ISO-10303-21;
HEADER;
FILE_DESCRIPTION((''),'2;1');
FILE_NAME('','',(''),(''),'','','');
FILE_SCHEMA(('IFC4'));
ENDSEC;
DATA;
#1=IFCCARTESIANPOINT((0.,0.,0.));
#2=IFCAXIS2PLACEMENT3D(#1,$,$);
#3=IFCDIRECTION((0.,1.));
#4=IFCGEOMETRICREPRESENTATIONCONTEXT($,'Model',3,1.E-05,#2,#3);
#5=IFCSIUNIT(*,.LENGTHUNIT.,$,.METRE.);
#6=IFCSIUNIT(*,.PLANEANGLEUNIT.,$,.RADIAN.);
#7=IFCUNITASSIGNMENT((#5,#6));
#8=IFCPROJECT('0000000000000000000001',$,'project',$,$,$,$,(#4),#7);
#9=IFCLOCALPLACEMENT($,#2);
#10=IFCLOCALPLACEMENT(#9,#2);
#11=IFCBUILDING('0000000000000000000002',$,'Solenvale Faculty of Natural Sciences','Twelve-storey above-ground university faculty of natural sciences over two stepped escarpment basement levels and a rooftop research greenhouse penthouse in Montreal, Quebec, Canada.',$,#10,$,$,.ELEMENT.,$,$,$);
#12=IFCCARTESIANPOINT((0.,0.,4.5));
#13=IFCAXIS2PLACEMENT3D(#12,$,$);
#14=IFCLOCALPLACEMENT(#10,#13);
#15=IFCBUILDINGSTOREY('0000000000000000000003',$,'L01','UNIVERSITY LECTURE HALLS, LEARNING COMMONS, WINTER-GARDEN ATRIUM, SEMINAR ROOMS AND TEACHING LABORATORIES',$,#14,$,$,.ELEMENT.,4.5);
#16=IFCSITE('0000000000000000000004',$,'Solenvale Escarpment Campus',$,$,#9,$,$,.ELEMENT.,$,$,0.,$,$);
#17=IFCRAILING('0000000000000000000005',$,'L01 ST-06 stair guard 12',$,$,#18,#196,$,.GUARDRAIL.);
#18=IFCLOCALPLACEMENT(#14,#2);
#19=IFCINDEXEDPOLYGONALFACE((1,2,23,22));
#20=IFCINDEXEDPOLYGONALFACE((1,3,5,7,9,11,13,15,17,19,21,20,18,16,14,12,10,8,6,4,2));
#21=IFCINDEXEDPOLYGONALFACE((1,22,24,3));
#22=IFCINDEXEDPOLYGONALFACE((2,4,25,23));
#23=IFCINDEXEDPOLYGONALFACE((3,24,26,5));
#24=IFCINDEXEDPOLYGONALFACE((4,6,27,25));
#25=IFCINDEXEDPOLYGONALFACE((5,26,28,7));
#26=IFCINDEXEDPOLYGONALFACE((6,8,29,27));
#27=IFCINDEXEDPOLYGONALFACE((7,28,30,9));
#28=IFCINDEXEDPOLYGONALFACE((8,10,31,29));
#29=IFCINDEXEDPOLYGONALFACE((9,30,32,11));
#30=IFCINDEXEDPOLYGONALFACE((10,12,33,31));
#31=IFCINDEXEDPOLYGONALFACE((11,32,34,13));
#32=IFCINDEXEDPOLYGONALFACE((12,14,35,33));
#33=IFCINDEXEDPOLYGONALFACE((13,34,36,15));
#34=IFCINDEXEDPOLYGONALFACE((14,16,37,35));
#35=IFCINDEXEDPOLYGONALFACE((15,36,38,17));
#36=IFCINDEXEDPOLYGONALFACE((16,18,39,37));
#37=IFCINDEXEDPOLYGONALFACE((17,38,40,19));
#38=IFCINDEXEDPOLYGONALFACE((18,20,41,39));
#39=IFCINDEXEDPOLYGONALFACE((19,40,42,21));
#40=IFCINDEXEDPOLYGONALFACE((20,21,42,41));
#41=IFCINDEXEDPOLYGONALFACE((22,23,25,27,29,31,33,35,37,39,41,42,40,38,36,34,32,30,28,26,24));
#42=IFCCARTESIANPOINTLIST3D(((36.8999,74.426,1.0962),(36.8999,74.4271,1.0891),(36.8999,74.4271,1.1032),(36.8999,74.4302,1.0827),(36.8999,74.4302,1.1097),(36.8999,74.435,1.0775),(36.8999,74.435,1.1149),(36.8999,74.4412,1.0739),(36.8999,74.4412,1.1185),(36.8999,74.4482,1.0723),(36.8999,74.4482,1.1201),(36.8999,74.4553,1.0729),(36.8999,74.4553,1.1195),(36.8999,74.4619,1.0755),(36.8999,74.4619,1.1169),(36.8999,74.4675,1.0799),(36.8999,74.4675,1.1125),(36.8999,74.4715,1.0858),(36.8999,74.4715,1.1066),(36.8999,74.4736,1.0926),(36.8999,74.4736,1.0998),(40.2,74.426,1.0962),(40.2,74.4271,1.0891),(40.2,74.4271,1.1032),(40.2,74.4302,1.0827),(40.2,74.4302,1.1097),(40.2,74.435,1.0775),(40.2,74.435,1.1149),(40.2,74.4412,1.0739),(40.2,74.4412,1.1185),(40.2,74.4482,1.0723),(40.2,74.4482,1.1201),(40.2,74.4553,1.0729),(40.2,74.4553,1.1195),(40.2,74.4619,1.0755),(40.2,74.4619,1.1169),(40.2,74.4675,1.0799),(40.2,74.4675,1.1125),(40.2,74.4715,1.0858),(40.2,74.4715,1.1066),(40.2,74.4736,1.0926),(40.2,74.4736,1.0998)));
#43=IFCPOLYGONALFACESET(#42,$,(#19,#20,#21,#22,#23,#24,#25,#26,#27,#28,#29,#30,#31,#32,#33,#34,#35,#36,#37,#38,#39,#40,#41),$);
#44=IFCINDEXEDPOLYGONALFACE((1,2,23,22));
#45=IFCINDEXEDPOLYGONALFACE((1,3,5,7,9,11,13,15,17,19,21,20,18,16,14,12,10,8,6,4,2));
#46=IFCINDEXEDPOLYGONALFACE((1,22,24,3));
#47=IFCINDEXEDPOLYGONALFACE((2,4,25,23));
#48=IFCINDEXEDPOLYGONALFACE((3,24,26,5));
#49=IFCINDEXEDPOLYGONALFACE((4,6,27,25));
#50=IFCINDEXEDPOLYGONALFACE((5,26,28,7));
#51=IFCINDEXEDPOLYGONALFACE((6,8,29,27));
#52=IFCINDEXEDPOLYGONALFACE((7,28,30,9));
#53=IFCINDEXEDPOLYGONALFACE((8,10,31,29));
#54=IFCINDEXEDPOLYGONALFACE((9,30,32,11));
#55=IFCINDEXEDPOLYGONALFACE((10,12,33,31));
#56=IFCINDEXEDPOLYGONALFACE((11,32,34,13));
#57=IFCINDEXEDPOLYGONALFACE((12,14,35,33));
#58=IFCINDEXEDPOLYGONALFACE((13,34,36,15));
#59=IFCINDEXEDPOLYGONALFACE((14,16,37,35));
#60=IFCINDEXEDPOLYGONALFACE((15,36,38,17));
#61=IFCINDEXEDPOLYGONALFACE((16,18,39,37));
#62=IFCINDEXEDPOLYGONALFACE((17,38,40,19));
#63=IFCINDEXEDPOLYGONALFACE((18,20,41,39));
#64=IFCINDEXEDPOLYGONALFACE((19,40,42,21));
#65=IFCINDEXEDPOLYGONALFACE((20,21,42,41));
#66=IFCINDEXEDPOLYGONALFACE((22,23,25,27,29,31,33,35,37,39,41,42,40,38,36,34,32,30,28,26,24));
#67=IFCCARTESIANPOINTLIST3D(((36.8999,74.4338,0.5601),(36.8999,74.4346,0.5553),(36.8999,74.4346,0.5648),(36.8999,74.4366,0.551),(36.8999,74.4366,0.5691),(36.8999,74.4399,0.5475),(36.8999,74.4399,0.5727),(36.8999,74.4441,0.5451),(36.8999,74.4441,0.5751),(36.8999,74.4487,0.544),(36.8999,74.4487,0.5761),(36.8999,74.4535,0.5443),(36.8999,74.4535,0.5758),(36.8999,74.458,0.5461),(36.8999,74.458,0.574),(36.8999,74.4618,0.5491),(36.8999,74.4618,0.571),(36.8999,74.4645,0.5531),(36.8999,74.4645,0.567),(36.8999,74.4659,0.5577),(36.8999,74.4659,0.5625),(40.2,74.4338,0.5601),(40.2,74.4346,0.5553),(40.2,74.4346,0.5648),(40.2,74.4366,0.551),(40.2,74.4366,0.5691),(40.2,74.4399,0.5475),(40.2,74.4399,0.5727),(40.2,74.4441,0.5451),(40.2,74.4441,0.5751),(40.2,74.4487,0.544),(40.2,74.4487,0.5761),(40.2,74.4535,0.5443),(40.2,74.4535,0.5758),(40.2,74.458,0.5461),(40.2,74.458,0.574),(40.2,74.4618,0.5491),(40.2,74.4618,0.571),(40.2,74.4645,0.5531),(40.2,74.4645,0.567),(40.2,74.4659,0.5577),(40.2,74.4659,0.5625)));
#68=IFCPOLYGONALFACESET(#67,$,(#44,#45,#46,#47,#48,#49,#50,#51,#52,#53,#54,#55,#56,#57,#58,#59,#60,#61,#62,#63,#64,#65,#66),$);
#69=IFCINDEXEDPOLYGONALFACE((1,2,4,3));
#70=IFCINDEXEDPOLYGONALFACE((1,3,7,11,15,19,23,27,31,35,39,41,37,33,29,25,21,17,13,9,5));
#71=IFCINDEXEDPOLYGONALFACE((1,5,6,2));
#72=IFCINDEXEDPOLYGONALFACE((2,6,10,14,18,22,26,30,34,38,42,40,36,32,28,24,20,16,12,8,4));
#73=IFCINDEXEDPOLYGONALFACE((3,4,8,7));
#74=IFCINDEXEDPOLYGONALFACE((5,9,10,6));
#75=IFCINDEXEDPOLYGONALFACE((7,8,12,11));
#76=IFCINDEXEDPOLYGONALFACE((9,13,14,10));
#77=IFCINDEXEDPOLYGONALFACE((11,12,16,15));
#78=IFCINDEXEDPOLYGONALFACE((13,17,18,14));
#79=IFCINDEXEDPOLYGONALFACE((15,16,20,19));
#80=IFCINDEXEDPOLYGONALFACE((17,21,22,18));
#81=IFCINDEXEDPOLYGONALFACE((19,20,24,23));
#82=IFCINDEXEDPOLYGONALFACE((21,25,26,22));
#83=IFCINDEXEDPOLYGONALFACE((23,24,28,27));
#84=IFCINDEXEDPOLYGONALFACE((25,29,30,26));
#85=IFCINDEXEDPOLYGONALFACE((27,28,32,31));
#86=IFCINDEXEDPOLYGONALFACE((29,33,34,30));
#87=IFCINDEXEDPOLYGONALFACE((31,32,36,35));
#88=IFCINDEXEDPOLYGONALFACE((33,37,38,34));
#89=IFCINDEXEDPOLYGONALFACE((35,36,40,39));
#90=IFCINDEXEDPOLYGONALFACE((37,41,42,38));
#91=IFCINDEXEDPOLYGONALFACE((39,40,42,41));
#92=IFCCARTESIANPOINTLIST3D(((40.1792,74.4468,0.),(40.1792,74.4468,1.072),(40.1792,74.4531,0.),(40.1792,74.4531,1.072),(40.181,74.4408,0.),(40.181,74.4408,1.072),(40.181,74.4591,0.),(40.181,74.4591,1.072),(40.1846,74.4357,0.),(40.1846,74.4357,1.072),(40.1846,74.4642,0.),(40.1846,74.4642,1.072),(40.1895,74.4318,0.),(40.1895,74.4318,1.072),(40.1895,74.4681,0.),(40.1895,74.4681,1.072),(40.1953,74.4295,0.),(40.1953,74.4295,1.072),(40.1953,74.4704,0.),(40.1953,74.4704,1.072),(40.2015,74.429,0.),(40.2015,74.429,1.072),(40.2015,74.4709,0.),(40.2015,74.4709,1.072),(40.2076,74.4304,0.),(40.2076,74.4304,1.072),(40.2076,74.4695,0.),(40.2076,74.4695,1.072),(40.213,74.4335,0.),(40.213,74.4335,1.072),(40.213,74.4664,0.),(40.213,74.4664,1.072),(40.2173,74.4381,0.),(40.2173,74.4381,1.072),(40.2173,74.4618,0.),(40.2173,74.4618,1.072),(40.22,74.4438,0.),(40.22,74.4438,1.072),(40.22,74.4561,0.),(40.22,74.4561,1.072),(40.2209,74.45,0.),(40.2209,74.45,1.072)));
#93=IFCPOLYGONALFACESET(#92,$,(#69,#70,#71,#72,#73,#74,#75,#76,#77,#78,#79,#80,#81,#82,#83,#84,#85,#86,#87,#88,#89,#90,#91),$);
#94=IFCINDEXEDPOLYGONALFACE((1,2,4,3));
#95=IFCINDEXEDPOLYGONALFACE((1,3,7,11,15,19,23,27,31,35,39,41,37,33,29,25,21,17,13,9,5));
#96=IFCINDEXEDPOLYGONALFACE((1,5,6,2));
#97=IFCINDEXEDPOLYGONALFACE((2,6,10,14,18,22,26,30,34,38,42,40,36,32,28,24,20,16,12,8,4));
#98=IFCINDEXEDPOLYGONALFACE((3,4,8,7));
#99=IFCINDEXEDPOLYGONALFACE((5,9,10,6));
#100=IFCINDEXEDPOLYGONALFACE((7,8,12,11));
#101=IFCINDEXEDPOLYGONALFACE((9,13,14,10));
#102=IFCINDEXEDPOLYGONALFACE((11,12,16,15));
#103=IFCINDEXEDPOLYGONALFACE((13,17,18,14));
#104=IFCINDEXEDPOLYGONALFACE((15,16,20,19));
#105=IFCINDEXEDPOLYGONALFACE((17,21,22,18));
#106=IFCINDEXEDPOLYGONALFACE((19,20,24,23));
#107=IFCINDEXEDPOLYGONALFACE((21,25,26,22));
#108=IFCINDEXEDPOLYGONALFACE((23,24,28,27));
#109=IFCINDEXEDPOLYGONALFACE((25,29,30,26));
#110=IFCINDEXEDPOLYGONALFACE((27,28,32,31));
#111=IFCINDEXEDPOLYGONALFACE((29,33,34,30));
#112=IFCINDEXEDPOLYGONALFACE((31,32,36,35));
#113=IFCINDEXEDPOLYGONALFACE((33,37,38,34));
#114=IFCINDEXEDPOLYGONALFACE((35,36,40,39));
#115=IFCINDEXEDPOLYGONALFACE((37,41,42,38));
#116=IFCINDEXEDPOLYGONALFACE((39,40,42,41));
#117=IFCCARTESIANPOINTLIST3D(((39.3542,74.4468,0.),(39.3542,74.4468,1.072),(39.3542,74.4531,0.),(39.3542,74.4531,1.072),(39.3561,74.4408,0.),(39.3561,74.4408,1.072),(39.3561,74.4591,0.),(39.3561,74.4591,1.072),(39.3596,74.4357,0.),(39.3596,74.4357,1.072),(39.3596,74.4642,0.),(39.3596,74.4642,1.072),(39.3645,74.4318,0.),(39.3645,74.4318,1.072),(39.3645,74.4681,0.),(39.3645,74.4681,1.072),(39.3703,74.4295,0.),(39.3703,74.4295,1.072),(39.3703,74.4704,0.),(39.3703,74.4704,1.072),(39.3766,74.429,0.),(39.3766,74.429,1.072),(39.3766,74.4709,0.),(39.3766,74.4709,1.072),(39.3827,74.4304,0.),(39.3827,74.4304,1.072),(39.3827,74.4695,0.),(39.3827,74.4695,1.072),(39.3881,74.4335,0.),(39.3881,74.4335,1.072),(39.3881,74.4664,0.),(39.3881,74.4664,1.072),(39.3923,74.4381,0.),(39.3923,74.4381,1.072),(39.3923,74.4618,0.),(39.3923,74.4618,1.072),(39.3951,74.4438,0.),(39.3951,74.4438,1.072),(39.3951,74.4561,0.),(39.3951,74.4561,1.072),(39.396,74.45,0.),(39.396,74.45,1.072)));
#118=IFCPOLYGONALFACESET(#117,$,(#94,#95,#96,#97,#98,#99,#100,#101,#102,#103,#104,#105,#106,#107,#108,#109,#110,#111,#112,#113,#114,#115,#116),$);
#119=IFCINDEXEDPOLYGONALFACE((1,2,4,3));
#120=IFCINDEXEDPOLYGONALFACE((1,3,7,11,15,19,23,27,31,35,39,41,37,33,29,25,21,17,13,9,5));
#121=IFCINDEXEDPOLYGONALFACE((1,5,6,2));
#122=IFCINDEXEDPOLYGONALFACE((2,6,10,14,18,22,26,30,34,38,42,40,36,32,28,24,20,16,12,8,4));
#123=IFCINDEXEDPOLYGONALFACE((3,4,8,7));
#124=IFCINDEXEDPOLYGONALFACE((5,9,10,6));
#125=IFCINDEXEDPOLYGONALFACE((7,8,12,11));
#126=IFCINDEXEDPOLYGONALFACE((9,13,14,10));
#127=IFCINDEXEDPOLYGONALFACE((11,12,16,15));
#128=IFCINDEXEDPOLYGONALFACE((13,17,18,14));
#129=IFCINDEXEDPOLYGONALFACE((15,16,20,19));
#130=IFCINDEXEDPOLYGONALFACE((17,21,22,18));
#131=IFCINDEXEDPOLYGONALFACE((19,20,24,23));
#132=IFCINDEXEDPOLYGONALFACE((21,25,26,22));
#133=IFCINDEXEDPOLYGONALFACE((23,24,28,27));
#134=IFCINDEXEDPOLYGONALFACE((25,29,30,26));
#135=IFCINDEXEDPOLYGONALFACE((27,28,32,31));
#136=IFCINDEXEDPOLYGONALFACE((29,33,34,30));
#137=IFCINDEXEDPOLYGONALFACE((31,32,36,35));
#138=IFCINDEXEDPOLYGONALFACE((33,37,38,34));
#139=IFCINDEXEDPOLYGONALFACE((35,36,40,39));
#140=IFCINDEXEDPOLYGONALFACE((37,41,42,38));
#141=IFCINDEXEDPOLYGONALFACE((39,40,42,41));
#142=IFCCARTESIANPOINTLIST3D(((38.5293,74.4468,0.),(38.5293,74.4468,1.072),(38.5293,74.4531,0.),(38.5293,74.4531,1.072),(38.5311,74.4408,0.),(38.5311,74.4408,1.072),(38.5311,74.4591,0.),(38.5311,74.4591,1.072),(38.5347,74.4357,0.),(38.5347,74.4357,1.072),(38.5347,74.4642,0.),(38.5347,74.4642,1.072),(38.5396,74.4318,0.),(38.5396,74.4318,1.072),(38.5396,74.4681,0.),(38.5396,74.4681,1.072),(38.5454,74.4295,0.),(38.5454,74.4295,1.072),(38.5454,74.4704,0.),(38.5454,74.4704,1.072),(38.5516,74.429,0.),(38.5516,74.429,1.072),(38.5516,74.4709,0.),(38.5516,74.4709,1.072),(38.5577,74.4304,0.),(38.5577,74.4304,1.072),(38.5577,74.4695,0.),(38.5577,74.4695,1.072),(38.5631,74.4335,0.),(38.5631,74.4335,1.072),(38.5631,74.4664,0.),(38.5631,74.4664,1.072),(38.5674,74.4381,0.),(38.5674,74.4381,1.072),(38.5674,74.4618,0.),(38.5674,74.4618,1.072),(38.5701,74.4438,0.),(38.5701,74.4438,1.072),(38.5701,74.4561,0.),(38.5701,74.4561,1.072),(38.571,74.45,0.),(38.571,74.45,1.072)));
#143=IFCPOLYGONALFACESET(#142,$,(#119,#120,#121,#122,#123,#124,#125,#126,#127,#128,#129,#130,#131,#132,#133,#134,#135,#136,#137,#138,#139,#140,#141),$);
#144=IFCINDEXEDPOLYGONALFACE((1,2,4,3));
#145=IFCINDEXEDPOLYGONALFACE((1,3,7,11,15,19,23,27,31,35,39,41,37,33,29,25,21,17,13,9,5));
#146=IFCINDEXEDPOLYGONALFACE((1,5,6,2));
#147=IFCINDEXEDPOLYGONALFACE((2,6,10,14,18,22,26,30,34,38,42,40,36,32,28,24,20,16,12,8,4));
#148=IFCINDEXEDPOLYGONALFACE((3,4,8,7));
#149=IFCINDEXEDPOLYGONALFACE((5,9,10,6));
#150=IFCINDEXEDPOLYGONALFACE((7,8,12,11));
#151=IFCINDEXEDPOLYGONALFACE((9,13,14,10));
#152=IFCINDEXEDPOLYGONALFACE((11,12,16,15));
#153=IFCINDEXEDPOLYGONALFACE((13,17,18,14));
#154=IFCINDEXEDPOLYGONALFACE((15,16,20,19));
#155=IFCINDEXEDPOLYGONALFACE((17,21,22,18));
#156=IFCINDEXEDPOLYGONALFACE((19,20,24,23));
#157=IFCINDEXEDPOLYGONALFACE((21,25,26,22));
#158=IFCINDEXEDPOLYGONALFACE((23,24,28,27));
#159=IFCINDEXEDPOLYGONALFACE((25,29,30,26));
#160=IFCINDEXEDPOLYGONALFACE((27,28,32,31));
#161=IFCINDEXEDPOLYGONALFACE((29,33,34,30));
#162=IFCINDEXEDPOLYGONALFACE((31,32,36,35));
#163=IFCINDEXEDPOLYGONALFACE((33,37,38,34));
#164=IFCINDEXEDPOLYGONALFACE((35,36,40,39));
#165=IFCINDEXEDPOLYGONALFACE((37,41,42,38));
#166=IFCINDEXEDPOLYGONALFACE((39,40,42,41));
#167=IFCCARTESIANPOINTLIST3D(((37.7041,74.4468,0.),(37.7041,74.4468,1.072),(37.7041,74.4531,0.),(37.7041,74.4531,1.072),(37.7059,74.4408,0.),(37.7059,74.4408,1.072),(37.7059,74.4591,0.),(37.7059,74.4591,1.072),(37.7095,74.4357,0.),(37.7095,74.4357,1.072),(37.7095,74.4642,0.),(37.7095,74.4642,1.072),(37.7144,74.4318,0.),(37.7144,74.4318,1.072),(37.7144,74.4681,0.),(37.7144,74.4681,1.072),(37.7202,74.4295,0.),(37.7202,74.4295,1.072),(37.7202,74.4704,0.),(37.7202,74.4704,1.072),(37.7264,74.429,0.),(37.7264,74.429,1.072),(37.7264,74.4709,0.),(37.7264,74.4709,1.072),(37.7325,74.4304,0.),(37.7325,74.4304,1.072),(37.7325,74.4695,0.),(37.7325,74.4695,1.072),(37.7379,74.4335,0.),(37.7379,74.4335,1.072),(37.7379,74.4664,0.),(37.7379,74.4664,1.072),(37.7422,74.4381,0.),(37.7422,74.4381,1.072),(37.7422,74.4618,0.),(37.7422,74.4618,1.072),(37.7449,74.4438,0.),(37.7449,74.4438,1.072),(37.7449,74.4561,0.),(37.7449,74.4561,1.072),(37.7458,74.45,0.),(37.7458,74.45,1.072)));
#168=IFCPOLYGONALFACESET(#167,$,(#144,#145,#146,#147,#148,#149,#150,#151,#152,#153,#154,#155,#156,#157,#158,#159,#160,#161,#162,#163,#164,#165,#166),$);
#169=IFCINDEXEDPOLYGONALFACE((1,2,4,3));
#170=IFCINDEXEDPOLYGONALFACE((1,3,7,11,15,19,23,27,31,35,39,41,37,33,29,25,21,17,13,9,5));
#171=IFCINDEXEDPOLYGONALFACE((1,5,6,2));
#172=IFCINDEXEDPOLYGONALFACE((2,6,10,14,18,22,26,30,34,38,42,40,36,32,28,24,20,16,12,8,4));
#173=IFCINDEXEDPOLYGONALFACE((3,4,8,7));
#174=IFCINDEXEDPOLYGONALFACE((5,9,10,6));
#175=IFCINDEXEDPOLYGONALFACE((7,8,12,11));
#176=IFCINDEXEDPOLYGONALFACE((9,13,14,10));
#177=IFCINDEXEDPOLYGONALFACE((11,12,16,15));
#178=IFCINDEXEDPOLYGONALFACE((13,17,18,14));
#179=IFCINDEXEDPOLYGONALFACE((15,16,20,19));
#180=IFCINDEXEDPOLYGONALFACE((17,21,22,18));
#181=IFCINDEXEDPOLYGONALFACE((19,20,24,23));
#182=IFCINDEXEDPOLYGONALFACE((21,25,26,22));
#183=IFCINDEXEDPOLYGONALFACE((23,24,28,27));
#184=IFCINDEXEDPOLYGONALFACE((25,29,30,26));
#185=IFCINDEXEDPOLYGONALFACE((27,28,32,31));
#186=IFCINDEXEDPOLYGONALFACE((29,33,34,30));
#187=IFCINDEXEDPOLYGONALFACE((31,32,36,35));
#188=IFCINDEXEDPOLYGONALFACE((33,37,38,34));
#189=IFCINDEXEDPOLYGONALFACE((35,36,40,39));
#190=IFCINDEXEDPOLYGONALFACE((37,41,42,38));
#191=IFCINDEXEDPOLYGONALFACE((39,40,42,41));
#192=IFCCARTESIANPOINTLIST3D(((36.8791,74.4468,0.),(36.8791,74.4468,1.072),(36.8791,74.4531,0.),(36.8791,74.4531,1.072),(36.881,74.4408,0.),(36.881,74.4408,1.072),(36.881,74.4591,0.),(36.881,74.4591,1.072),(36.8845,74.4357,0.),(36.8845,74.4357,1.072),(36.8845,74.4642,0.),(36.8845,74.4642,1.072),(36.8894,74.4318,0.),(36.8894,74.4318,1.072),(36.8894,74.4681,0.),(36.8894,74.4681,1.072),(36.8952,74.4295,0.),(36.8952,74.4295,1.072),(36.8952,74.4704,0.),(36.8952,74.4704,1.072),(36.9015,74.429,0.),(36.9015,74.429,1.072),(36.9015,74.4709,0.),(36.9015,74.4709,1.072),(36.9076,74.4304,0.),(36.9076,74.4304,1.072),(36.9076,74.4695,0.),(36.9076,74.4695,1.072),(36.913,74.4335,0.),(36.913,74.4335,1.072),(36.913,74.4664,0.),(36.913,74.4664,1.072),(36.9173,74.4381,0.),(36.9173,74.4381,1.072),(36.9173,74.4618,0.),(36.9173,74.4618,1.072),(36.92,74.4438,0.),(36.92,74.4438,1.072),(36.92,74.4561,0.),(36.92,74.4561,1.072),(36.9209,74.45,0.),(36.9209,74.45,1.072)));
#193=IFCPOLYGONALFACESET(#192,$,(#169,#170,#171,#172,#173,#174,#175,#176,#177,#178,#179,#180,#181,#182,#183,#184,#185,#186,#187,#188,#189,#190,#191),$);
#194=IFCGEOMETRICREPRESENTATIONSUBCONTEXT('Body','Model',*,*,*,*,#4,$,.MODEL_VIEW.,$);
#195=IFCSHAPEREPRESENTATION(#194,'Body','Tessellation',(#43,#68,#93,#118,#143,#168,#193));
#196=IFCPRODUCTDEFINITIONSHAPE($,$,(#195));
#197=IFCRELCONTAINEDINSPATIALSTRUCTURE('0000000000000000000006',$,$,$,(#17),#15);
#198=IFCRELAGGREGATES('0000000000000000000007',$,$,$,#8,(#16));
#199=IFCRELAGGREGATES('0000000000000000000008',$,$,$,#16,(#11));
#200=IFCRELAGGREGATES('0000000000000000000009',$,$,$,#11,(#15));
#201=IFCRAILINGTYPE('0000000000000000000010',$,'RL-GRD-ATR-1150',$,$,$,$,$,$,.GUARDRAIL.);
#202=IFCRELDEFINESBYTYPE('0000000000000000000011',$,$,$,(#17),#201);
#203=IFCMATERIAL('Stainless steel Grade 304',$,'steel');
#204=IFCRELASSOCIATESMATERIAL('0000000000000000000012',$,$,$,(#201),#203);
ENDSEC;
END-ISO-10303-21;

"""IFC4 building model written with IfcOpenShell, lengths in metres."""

from ifc_helpers import new_model, si_unit, direction, frame, origin, origin_2d, place, context, subcontext, project, spatial, circle, extrude, material, type_object, element, save


model = new_model("IFC4")

# Units and contexts
model_context = context("Model", 3, precision=1e-05, world=origin(), true_north=direction((0.0, 1.0)))
body_context = subcontext(model_context, "Body", "Model", "MODEL_VIEW")
ifc_project = project(units=[si_unit("LENGTHUNIT", "METRE"), si_unit("PLANEANGLEUNIT", "RADIAN")], contexts=[model_context])

# Site, building, storey
site_placement = place(None, origin())
site = spatial("IfcSite", under=ifc_project, at=site_placement, Name="Solenvale Escarpment Campus", CompositionType="ELEMENT", RefElevation=0.0)
building_placement = place(site_placement, origin())
building = spatial("IfcBuilding", under=site, at=building_placement, Name="Solenvale Faculty of Natural Sciences", Description="Twelve-storey above-ground university faculty of natural sciences over two stepped escarpment basement levels and a rooftop research greenhouse penthouse in Montreal, Quebec, Canada.", CompositionType="ELEMENT")
storey_placement = place(building_placement, frame((0.0, 0.0, 4.5)))
storey = spatial("IfcBuildingStorey", under=building, at=storey_placement, Name="L01", Description="UNIVERSITY LECTURE HALLS, LEARNING COMMONS, WINTER-GARDEN ATRIUM, SEMINAR ROOMS AND TEACHING LABORATORIES", CompositionType="ELEMENT", Elevation=4.5)

# Railing
ifc_material_1 = material(Name="Stainless steel Grade 304", Category="steel")
railing_type = type_object("IfcRailingType", Name="RL-GRD-ATR-1150", PredefinedType="GUARDRAIL", material=ifc_material_1)
railing_1_placement = place(storey_placement, frame((40.2, 74.45, 0.0)))
element("IfcRailing", 1, at=railing_1_placement, inside=storey, type_object=railing_type, Name="L01 ST-06 stair guard 12", PredefinedType="GUARDRAIL", context=body_context, shape_type="SweptSolid", body=[
    extrude(circle(Radius=0.0239, at=origin_2d()), frame((0.0, 0.0, 1.0962), z_axis=(-1.0, 0.0, 0.0), x_axis=(0.0, -1.0, 0.0)), (0.0, 0.0, 1.0), 3.3),
    extrude(circle(Radius=0.0161, at=origin_2d()), frame((0.0, 0.0, 0.5601), z_axis=(-1.0, 0.0, 0.0), x_axis=(0.0, -1.0, 0.0)), (0.0, 0.0, 1.0), 3.3),
    extrude(circle(Radius=0.021, at=origin_2d()), origin(), (0.0, 0.0, 1.0), 1.072),
    extrude(circle(Radius=0.021, at=origin_2d()), frame((-0.825, 0.0, 0.0)), (0.0, 0.0, 1.0), 1.072),
    extrude(circle(Radius=0.021, at=origin_2d()), frame((-1.6499, 0.0, 0.0)), (0.0, 0.0, 1.0), 1.072),
    extrude(circle(Radius=0.021, at=origin_2d()), frame((-2.4751, 0.0, 0.0)), (0.0, 0.0, 1.0), 1.072),
    extrude(circle(Radius=0.021, at=origin_2d()), frame((-3.3, 0.0, 0.0)), (0.0, 0.0, 1.0), 1.072),
])

save(model, "model.ifc")
